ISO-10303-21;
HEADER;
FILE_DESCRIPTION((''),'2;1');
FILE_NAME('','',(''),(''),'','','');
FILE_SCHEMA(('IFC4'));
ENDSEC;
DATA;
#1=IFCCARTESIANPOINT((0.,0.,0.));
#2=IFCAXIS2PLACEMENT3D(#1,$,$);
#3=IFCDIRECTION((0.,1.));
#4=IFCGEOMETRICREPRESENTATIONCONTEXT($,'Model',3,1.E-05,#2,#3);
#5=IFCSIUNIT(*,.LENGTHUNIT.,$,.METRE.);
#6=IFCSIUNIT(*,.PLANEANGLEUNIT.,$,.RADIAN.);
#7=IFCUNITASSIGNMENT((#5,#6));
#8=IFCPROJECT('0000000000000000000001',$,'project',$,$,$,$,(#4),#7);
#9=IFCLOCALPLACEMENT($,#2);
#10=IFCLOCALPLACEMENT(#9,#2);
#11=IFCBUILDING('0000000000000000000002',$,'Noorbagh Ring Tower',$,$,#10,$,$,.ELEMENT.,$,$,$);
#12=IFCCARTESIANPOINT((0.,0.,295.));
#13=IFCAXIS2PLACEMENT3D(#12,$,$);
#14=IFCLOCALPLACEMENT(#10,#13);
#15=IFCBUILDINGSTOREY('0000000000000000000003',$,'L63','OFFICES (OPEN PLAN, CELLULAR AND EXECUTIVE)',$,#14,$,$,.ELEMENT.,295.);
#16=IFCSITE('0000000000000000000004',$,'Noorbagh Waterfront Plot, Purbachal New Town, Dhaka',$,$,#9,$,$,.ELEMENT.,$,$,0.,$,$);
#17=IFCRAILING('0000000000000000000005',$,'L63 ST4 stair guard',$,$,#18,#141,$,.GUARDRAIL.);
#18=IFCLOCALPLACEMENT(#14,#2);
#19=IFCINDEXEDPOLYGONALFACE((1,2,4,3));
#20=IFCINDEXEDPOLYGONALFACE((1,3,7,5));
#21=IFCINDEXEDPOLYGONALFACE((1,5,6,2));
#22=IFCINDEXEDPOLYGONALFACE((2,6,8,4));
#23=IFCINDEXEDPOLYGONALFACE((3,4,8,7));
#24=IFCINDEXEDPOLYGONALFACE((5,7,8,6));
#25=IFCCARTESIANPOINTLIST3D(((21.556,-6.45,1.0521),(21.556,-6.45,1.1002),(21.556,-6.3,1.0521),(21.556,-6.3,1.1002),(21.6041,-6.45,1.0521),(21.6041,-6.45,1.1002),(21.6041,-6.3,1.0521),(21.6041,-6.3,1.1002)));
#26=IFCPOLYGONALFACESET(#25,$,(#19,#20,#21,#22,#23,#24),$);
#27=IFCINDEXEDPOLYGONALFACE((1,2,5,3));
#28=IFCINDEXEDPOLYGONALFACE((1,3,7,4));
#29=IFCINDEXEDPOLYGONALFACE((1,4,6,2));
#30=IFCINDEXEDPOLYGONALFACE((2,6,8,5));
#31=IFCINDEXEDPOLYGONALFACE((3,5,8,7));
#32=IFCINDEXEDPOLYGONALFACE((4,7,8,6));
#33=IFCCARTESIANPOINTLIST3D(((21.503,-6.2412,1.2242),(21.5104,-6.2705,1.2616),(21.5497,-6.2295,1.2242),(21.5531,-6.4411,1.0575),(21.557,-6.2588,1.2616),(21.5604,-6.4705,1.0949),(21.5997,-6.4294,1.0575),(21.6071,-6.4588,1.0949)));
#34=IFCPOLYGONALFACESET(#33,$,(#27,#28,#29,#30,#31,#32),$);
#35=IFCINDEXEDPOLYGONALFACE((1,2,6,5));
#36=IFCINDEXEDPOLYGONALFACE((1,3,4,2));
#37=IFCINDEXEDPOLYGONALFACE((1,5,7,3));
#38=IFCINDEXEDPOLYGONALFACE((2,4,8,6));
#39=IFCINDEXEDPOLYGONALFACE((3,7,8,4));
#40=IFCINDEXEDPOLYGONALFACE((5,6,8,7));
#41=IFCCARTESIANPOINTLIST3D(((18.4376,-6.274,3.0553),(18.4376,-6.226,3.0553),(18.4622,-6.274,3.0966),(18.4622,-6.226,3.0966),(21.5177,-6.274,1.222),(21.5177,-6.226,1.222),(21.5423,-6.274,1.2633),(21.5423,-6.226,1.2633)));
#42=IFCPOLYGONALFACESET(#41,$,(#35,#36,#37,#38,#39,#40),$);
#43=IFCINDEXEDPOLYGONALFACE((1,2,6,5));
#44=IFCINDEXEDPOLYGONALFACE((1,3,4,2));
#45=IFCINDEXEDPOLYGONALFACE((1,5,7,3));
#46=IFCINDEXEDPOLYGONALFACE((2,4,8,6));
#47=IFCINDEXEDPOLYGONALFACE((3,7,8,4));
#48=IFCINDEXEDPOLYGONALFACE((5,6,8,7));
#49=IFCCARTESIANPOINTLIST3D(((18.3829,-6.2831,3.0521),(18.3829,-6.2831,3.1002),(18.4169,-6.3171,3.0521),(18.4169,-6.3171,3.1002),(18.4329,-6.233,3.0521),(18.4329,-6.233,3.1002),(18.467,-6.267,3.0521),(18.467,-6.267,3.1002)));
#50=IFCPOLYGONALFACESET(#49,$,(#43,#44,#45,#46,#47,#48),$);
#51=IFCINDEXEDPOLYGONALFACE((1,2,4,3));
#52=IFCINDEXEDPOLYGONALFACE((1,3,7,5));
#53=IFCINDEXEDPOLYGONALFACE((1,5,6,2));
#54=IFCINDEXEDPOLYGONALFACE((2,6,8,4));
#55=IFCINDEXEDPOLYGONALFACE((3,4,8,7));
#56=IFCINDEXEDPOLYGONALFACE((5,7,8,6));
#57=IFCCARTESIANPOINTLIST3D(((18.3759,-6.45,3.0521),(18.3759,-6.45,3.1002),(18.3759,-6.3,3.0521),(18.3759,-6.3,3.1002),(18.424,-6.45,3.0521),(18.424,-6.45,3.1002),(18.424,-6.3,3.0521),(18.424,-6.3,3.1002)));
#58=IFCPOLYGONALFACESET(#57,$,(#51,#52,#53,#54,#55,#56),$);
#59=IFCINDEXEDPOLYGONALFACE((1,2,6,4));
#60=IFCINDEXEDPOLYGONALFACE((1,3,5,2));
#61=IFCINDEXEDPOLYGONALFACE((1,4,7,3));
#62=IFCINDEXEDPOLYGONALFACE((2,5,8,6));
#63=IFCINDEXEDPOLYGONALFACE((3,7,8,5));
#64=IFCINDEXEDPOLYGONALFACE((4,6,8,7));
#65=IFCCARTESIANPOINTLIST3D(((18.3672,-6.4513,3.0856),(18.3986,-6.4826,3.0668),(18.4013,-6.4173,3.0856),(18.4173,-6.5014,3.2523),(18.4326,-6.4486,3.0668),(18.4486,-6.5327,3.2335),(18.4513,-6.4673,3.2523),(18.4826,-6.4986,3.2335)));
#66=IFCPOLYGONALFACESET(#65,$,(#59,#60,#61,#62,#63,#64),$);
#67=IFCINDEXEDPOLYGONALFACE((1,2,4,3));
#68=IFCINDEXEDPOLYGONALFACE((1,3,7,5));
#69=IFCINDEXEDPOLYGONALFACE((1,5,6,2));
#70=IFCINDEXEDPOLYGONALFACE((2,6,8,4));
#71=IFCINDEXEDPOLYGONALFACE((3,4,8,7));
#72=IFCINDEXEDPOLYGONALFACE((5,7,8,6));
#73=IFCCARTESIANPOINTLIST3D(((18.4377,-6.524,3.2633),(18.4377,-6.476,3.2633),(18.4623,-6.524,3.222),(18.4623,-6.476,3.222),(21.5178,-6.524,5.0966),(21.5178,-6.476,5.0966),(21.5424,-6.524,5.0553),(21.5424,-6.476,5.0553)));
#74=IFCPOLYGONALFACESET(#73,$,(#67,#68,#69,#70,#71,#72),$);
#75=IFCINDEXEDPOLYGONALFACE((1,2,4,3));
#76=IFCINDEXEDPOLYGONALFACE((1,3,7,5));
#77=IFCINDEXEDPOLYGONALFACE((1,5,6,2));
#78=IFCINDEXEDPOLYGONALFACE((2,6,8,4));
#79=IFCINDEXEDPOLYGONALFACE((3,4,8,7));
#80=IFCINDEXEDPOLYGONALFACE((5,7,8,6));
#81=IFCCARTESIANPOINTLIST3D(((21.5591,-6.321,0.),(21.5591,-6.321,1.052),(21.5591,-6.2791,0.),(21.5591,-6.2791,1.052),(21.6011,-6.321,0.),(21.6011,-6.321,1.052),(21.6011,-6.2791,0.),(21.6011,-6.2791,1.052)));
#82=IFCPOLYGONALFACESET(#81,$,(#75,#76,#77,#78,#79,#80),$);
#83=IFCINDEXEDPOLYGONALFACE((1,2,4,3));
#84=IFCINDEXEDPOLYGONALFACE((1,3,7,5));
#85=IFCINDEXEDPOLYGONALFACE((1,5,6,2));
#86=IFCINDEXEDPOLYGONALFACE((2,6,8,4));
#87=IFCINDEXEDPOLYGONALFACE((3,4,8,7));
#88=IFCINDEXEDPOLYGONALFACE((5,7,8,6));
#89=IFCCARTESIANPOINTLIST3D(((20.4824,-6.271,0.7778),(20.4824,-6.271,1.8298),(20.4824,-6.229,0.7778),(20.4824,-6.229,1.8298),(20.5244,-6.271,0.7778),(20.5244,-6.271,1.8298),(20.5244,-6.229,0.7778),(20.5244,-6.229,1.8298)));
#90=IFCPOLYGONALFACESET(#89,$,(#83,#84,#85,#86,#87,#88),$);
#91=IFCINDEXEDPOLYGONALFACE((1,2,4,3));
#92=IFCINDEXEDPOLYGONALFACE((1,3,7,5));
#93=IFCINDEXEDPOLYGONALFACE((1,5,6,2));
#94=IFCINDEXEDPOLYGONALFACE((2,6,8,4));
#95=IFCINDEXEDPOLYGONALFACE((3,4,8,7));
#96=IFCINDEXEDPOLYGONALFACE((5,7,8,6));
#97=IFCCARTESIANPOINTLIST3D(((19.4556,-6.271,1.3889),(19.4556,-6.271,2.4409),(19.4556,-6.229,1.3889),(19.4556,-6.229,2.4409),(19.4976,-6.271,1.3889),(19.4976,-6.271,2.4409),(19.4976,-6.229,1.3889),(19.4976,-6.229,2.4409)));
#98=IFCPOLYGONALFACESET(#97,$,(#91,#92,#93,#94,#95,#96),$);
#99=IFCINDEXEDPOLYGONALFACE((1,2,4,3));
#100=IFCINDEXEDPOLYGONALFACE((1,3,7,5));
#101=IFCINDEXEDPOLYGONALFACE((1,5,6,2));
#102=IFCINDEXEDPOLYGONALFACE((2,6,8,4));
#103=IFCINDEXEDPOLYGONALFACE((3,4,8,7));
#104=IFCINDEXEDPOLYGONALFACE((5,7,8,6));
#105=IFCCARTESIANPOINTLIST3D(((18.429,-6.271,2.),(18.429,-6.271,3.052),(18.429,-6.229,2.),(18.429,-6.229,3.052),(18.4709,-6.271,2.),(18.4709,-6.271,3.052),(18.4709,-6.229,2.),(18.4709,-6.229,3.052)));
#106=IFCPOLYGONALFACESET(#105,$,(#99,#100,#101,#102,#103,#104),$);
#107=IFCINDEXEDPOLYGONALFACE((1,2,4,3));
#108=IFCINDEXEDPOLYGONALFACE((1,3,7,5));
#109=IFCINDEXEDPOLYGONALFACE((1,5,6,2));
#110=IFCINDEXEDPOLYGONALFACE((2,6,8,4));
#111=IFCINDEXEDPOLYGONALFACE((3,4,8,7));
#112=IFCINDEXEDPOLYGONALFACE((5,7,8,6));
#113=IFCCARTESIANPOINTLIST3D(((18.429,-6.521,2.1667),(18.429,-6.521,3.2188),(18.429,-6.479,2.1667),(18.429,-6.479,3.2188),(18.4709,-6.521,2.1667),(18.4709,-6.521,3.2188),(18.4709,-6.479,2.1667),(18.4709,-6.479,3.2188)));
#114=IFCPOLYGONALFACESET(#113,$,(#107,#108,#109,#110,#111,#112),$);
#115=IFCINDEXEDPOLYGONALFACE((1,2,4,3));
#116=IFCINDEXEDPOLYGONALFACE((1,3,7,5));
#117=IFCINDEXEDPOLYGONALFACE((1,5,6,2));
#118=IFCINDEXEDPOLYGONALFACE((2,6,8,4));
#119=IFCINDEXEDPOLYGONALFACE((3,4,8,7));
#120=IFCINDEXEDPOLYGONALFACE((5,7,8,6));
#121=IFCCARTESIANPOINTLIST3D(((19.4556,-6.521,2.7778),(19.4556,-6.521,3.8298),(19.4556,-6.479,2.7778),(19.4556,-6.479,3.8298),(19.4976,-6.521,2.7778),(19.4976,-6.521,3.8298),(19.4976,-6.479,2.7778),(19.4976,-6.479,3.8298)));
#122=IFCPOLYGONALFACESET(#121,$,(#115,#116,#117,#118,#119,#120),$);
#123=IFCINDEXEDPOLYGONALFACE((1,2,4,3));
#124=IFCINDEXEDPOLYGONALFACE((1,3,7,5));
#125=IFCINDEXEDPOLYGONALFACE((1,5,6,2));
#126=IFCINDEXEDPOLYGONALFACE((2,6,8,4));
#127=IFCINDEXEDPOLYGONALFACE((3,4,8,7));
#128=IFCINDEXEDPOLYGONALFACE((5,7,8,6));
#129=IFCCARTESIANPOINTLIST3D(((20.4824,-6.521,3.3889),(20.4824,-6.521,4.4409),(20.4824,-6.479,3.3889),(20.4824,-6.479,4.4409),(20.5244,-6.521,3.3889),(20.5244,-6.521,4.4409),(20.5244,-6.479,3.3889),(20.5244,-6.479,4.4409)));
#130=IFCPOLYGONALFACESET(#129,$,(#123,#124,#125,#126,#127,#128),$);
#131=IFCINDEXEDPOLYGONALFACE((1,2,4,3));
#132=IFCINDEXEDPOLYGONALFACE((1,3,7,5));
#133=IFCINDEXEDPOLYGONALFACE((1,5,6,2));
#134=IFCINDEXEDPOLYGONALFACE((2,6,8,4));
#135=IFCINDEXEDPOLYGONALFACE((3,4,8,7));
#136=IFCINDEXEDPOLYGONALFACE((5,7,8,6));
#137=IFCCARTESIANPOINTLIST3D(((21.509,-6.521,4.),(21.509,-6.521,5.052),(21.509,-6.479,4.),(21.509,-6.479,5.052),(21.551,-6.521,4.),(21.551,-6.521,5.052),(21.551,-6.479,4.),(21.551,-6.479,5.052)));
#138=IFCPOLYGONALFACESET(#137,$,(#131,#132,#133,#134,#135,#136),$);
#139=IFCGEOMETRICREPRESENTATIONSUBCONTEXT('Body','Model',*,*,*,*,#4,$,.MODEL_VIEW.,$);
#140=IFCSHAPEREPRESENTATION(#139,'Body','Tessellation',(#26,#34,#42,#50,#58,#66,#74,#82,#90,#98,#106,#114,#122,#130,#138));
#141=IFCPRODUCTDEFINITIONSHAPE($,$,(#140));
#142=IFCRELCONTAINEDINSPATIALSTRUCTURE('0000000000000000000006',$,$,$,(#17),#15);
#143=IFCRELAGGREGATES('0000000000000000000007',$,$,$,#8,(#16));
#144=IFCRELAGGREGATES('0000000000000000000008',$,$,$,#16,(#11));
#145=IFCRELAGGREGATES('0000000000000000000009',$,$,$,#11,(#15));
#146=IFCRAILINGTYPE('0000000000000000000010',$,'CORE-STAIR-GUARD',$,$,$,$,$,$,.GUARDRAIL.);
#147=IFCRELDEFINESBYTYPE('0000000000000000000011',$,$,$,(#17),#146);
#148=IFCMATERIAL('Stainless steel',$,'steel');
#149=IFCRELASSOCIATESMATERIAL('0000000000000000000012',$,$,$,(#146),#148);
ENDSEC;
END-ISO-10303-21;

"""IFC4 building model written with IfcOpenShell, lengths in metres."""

from ifc_helpers import new_model, si_unit, direction, frame, origin, origin_2d, place, context, subcontext, project, spatial, rectangle, extrude, material, type_object, element, save


model = new_model("IFC4")

# Units and contexts
model_context = context("Model", 3, precision=1e-05, world=origin(), true_north=direction((0.0, 1.0)))
body_context = subcontext(model_context, "Body", "Model", "MODEL_VIEW")
ifc_project = project(units=[si_unit("LENGTHUNIT", "METRE"), si_unit("PLANEANGLEUNIT", "RADIAN")], contexts=[model_context])

# Site, building, storey
site_placement = place(None, origin())
site = spatial("IfcSite", under=ifc_project, at=site_placement, Name="Noorbagh Waterfront Plot, Purbachal New Town, Dhaka", CompositionType="ELEMENT", RefElevation=0.0)
building_placement = place(site_placement, origin())
building = spatial("IfcBuilding", under=site, at=building_placement, Name="Noorbagh Ring Tower", CompositionType="ELEMENT")
storey_placement = place(building_placement, frame((0.0, 0.0, 295.0)))
storey = spatial("IfcBuildingStorey", under=building, at=storey_placement, Name="L63", Description="OFFICES (OPEN PLAN, CELLULAR AND EXECUTIVE)", CompositionType="ELEMENT", Elevation=295.0)

# Railing
ifc_material_1 = material(Name="Stainless steel", Category="steel")
railing_type_1 = type_object("IfcRailingType", Name="CORE-STAIR-GUARD", PredefinedType="GUARDRAIL", material=ifc_material_1)
railing_1_placement = place(storey_placement, frame((21.5801, -6.3, 0.0)))
element("IfcRailing", 1, at=railing_1_placement, inside=storey, type_object=railing_type_1, Name="L63 ST4 stair guard", PredefinedType="GUARDRAIL", context=body_context, shape_type="SweptSolid", body=[
    extrude(rectangle(XDim=0.0481, YDim=0.0481, at=origin_2d()), frame((0.0, 0.0, 1.0762), z_axis=(0.0, -1.0, 0.0), x_axis=(1.0, 0.0, 0.0)), (0.0, 0.0, 1.0), 0.1499),
    extrude(rectangle(XDim=0.0481, YDim=0.0481, at=origin_2d()), frame((0.0, -0.1499, 1.0762), z_axis=(-0.188776, 0.754182, 0.628946), x_axis=(-0.970073, -0.242814, 0.0)), (0.0, 0.0, 1.0), 0.2651),
    extrude(rectangle(XDim=0.0481, YDim=0.0481, at=origin_2d()), frame((-0.05, 0.05, 1.2427), z_axis=(-0.859309, 0.0, 0.511458), x_axis=(0.0, -1.0, 0.0)), (0.0, 0.0, 1.0), 3.5845),
    extrude(rectangle(XDim=0.0481, YDim=0.0481, at=origin_2d()), frame((-3.1301, 0.05, 3.0762), z_axis=(-0.707107, -0.707107, 0.0), x_axis=(0.707107, -0.707107, 0.0)), (0.0, 0.0, 1.0), 0.0708),
    extrude(rectangle(XDim=0.0481, YDim=0.0481, at=origin_2d()), frame((-3.1802, 0.0, 3.0762), z_axis=(0.0, -1.0, 0.0), x_axis=(1.0, 0.0, 0.0)), (0.0, 0.0, 1.0), 0.1499),
    extrude(rectangle(XDim=0.0481, YDim=0.0481, at=origin_2d()), frame((-3.1802, -0.1499, 3.0762), z_axis=(0.276287, -0.276287, 0.920506), x_axis=(0.707107, 0.707107, 0.0)), (0.0, 0.0, 1.0), 0.1812),
    extrude(rectangle(XDim=0.0481, YDim=0.0481, at=origin_2d()), frame((-3.1301, -0.2, 3.2427), z_axis=(0.859309, 0.0, 0.511458), x_axis=(0.0, 1.0, 0.0)), (0.0, 0.0, 1.0), 3.5845),
    extrude(rectangle(XDim=0.042, YDim=0.042, at=origin_2d()), origin(), (0.0, 0.0, 1.0), 1.052),
    extrude(rectangle(XDim=0.042, YDim=0.042, at=origin_2d()), frame((-1.0767, 0.05, 0.7778)), (0.0, 0.0, 1.0), 1.052),
    extrude(rectangle(XDim=0.042, YDim=0.042, at=origin_2d()), frame((-2.1035, 0.05, 1.3889)), (0.0, 0.0, 1.0), 1.052),
    extrude(rectangle(XDim=0.042, YDim=0.042, at=origin_2d()), frame((-3.1301, 0.05, 2.0)), (0.0, 0.0, 1.0), 1.052),
    extrude(rectangle(XDim=0.042, YDim=0.042, at=origin_2d()), frame((-3.1301, -0.2, 2.1667)), (0.0, 0.0, 1.0), 1.052),
    extrude(rectangle(XDim=0.042, YDim=0.042, at=origin_2d()), frame((-2.1035, -0.2, 2.7778)), (0.0, 0.0, 1.0), 1.052),
    extrude(rectangle(XDim=0.042, YDim=0.042, at=origin_2d()), frame((-1.0767, -0.2, 3.3889)), (0.0, 0.0, 1.0), 1.052),
    extrude(rectangle(XDim=0.042, YDim=0.042, at=origin_2d()), frame((-0.05, -0.2, 4.0)), (0.0, 0.0, 1.0), 1.052),
])

save(model, "model.ifc")
